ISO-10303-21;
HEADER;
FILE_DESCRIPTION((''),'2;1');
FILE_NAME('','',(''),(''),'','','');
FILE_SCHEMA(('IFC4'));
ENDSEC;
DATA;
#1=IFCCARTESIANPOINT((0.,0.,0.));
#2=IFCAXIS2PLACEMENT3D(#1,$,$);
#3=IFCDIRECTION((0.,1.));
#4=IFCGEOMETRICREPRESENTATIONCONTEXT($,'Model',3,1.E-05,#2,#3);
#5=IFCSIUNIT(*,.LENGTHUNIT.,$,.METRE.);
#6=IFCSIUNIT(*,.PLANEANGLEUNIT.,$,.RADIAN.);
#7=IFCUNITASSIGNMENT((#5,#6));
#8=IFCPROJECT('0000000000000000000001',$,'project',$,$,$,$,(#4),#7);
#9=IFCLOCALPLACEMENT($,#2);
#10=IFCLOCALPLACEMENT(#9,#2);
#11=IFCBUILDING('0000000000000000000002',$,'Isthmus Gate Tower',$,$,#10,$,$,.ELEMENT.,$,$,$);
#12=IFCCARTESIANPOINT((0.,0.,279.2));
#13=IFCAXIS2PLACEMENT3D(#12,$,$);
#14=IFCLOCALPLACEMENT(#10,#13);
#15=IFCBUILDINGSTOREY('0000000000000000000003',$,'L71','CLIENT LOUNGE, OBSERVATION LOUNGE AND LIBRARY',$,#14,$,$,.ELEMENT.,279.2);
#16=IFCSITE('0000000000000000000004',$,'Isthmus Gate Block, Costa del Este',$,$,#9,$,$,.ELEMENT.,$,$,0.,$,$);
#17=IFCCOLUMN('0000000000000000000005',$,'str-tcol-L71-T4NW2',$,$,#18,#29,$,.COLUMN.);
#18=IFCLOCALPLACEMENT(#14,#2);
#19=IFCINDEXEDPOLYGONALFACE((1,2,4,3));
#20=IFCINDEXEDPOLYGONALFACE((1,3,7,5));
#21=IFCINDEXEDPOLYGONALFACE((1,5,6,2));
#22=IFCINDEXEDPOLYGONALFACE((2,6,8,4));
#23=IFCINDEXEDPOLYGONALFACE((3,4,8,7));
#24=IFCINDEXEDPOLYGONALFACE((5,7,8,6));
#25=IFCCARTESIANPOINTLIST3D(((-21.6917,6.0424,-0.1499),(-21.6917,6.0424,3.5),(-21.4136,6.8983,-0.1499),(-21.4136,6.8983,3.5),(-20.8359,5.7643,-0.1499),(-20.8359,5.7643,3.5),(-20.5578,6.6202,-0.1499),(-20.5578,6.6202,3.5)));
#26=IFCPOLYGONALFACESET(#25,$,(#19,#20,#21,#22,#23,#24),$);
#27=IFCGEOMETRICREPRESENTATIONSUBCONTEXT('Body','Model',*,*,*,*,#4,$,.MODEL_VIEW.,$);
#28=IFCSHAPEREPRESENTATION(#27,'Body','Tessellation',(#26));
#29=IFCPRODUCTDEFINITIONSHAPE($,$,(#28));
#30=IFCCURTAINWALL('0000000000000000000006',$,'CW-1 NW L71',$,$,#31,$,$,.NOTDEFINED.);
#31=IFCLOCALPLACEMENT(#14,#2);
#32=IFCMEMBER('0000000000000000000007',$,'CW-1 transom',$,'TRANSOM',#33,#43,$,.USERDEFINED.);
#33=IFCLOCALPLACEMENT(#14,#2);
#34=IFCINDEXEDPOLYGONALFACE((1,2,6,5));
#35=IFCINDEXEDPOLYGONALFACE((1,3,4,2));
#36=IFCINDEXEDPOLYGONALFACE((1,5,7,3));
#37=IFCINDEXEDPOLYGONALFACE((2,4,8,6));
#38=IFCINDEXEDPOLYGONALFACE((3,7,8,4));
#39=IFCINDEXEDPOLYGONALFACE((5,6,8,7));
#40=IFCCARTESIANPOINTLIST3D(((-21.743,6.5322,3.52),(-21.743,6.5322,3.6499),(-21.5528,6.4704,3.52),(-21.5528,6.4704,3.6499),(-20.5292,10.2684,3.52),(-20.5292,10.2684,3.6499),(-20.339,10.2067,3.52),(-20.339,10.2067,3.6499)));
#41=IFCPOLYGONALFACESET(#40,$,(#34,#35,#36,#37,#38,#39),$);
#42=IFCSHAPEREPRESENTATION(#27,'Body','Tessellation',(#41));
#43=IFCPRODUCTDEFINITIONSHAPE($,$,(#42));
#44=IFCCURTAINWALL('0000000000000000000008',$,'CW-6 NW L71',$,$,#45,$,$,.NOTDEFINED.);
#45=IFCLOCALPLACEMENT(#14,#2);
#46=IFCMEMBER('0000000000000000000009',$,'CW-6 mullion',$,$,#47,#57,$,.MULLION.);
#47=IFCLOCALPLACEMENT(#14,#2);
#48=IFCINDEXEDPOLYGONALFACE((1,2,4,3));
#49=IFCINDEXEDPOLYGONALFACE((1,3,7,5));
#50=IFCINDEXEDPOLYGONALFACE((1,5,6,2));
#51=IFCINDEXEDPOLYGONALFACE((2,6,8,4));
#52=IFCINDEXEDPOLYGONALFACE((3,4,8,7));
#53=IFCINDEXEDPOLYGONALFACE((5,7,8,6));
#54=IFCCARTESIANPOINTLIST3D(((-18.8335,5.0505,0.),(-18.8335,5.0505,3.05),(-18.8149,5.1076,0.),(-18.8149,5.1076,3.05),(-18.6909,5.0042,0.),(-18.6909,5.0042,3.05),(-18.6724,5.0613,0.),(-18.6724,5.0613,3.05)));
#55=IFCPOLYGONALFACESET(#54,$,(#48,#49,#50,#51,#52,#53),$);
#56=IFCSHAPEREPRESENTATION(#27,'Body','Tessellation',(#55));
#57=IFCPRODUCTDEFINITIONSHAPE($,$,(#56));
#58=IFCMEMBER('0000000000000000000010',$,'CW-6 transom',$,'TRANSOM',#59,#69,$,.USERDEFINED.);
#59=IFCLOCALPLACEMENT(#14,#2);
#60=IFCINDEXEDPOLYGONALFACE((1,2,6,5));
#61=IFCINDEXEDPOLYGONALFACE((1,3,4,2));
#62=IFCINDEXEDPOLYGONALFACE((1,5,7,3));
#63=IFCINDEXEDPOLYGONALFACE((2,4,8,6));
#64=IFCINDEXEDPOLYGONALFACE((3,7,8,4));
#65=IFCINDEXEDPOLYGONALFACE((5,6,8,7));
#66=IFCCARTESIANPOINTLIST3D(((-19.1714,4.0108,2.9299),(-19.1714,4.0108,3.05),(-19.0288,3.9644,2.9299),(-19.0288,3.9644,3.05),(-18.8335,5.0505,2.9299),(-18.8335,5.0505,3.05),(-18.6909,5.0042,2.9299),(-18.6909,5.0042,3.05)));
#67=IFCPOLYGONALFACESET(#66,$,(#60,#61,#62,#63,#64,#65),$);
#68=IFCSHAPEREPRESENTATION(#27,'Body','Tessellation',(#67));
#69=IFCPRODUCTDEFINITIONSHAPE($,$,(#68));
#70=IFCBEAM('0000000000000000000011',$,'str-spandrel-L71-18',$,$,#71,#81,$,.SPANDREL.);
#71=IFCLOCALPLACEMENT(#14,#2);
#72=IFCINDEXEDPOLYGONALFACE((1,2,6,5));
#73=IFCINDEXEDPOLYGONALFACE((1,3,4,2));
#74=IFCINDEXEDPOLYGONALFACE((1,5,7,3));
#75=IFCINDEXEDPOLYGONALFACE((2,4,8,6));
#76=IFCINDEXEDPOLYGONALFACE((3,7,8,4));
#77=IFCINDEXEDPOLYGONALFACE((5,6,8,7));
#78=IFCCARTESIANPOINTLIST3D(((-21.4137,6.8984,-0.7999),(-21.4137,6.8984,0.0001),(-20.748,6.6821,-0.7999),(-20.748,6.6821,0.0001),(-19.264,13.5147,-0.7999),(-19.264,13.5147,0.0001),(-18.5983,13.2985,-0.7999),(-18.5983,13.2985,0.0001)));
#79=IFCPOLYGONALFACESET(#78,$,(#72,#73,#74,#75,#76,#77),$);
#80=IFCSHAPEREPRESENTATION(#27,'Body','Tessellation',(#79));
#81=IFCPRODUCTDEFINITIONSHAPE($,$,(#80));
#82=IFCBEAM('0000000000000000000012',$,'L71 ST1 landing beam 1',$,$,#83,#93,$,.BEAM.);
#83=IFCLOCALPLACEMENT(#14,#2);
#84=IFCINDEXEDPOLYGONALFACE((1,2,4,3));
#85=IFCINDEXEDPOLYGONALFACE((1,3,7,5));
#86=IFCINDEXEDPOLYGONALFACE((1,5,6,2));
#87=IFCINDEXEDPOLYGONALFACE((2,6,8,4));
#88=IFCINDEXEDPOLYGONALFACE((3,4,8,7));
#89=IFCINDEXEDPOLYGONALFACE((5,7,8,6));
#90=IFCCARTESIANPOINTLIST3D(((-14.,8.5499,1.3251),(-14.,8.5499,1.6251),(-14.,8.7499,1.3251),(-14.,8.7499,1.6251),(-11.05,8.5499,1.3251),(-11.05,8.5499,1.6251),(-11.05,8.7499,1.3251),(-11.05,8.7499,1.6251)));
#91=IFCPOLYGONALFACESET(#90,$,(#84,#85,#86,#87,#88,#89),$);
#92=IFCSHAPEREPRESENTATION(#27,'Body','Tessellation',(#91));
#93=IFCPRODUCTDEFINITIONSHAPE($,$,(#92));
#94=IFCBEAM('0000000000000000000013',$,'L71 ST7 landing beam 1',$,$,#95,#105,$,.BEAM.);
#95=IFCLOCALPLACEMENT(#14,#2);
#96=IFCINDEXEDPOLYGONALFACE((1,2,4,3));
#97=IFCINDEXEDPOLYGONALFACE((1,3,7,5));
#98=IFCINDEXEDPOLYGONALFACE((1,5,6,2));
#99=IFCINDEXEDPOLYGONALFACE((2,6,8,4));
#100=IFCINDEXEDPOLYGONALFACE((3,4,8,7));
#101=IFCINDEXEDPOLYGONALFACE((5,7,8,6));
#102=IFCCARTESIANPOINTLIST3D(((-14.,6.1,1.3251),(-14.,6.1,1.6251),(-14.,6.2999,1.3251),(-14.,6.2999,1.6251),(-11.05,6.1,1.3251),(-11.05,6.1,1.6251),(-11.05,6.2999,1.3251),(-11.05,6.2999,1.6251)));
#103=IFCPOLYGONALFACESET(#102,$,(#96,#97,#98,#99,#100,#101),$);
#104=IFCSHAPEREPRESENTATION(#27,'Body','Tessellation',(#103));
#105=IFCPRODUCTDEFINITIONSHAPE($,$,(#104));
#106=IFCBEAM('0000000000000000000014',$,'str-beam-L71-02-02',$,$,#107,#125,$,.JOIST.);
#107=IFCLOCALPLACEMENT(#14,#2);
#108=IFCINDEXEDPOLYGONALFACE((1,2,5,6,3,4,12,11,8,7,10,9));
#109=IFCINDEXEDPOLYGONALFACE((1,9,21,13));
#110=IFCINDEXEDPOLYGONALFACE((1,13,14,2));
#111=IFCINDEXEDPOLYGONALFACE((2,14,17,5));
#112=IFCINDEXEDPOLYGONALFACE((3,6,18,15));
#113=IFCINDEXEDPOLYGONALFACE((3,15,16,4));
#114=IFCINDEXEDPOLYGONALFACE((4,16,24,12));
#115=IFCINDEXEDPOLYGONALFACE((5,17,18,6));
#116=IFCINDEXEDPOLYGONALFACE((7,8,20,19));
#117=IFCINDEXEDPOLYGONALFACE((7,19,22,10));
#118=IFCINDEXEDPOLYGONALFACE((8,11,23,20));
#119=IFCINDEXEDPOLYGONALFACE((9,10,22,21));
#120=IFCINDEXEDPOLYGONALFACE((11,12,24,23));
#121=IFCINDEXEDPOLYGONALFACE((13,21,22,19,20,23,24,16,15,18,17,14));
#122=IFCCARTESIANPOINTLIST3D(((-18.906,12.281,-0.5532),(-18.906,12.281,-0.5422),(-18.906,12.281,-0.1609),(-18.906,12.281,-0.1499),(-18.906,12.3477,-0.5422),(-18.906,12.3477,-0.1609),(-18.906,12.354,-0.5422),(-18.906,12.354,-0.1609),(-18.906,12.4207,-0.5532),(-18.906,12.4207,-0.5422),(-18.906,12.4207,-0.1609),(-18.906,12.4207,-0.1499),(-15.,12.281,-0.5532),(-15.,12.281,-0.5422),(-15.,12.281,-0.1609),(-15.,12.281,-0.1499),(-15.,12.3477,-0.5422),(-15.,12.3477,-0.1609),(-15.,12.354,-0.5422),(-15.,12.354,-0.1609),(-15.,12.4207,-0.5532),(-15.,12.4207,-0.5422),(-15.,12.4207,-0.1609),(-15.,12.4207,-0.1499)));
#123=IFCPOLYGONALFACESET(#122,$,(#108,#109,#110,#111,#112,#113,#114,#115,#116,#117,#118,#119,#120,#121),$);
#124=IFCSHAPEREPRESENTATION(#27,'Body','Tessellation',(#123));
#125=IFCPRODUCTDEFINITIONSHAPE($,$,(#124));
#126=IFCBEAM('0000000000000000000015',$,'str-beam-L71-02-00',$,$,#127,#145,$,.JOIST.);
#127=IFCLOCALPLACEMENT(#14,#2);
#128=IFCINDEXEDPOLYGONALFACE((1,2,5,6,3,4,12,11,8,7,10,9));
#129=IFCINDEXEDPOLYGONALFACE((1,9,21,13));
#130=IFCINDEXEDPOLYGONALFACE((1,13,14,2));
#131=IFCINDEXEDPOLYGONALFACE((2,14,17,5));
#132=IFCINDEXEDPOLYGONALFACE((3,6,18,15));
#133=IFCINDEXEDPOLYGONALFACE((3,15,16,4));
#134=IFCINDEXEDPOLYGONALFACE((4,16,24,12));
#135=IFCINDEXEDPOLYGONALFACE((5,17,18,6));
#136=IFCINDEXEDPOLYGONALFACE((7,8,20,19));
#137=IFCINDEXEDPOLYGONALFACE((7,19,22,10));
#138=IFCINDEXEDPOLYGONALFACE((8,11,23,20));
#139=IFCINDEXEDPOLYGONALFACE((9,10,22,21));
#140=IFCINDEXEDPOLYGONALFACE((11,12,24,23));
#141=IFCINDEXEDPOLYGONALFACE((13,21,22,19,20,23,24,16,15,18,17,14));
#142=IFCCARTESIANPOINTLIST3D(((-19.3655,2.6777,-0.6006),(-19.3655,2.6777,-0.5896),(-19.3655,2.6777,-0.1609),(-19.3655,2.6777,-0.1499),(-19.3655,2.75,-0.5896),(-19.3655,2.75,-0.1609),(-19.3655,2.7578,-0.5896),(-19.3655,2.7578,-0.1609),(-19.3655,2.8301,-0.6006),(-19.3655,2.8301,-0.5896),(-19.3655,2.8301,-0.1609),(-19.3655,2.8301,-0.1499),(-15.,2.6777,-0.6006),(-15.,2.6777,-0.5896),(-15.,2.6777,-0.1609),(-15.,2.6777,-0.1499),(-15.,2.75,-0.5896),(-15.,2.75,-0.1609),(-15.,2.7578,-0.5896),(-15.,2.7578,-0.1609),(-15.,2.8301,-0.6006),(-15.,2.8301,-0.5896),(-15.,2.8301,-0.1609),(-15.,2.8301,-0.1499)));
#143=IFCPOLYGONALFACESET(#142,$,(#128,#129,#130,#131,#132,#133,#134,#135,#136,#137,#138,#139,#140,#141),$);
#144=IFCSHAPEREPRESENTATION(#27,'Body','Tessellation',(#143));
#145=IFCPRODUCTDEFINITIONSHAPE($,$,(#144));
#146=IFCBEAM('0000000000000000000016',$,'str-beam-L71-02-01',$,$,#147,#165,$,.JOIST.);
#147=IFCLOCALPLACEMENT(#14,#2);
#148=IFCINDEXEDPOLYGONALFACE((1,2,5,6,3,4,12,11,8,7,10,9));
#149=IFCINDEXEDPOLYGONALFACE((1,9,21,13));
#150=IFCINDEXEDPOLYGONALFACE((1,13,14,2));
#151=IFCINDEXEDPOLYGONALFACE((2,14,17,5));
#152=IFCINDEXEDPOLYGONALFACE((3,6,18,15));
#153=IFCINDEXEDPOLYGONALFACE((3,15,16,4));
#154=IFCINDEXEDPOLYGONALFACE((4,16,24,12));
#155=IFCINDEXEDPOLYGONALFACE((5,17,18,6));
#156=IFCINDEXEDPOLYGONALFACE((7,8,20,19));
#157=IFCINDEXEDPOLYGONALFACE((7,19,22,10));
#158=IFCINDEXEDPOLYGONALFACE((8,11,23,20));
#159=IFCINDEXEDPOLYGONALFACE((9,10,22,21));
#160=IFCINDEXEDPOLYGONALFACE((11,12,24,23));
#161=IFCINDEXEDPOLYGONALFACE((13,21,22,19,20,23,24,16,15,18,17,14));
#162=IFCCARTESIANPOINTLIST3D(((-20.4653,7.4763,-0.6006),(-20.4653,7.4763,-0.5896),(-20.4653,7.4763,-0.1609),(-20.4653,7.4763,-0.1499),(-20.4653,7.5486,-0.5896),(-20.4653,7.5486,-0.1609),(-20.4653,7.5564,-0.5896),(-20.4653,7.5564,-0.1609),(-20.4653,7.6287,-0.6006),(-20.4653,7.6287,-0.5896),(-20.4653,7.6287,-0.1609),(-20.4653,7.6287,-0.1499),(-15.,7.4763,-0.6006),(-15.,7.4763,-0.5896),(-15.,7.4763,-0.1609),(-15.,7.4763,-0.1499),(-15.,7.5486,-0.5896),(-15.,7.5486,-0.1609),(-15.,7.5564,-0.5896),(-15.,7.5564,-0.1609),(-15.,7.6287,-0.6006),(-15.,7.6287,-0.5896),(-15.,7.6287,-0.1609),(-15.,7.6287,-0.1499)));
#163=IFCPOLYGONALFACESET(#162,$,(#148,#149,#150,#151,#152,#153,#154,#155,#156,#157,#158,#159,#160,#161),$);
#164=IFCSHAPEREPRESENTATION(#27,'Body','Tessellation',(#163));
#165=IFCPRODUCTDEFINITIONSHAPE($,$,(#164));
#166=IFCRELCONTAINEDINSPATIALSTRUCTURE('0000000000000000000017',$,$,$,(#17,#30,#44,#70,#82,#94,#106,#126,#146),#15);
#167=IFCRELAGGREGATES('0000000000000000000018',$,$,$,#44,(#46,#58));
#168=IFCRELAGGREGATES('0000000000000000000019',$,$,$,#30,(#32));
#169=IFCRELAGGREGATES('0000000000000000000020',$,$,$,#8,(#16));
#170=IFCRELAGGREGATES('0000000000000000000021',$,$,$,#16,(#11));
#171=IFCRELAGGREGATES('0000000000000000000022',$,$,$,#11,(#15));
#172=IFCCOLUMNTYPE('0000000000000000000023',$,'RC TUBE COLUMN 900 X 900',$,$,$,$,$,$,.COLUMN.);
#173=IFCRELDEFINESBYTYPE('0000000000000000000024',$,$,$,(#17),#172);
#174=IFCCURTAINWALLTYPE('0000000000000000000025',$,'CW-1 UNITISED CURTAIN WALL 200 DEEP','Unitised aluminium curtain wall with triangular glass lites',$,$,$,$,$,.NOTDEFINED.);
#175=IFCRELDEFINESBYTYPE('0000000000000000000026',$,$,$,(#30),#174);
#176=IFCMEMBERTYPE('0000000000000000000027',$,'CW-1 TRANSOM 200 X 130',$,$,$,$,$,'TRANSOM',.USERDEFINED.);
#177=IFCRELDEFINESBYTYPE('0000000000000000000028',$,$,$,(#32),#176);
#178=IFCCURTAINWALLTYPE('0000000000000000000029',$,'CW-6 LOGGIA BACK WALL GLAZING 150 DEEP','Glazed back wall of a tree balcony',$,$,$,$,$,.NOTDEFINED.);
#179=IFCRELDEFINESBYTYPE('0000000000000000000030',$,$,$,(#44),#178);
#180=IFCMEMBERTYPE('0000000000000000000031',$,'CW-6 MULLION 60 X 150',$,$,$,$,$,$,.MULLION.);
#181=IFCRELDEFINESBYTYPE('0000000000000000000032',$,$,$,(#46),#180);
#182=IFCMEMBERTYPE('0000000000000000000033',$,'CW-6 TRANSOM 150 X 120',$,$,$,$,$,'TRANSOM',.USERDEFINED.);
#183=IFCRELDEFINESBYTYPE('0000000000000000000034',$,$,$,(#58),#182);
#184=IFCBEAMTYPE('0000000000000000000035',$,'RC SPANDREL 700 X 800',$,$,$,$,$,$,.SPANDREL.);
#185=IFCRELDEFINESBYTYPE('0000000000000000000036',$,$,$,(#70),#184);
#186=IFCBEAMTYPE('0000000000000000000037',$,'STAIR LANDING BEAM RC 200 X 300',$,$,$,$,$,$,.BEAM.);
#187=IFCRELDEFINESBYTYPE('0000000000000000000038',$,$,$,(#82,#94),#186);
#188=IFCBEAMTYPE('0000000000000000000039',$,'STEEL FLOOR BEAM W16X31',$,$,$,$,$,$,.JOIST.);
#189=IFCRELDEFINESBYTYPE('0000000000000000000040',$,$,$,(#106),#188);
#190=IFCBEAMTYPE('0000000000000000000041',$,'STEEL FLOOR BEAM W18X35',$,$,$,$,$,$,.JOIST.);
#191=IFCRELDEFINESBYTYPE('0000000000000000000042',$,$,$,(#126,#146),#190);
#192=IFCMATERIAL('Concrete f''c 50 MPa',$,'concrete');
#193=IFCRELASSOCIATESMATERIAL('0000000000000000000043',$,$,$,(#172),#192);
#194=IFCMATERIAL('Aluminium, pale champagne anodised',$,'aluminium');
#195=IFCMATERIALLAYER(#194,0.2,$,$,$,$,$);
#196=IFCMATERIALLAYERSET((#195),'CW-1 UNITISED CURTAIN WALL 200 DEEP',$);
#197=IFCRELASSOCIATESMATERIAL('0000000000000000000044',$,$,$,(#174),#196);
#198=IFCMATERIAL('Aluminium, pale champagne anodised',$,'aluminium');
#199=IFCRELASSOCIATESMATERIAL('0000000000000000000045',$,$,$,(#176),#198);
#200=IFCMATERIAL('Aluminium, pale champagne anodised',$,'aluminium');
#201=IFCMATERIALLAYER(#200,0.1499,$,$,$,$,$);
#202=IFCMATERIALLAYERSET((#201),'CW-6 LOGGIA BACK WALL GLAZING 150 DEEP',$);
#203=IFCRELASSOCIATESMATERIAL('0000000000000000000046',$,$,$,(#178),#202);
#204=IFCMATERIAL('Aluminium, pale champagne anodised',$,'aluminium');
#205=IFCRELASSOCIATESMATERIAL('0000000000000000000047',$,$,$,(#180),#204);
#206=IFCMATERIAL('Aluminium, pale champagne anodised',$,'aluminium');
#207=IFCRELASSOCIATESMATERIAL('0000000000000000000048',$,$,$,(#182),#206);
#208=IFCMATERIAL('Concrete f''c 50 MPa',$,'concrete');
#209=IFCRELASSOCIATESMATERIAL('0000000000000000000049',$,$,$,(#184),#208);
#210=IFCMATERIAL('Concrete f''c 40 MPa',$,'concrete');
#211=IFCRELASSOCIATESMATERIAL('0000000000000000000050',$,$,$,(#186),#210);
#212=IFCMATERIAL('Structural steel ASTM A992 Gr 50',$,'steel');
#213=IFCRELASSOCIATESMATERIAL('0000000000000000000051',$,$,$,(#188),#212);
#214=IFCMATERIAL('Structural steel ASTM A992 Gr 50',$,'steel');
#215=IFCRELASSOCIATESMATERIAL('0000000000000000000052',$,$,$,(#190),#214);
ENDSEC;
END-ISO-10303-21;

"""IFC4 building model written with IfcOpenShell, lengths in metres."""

from ifc_helpers import new_model, si_unit, direction, frame, origin, origin_2d, place, context, subcontext, project, spatial, rectangle, i_section, extrude, material, layer, layer_set, material_profile, profile_set, type_object, element, aggregate, save


model = new_model("IFC4")

# Units and contexts
model_context = context("Model", 3, precision=1e-05, world=origin(), true_north=direction((0.0, 1.0)))
body_context = subcontext(model_context, "Body", "Model", "MODEL_VIEW")
ifc_project = project(units=[si_unit("LENGTHUNIT", "METRE"), si_unit("PLANEANGLEUNIT", "RADIAN")], contexts=[model_context])

# Site, building, storey
site_placement = place(None, origin())
site = spatial("IfcSite", under=ifc_project, at=site_placement, Name="Isthmus Gate Block, Costa del Este", CompositionType="ELEMENT", RefElevation=0.0)
building_placement = place(site_placement, origin())
building = spatial("IfcBuilding", under=site, at=building_placement, Name="Isthmus Gate Tower", CompositionType="ELEMENT")
storey_placement = place(building_placement, frame((0.0, 0.0, 279.2)))
storey = spatial("IfcBuildingStorey", under=building, at=storey_placement, Name="L71", Description="CLIENT LOUNGE, OBSERVATION LOUNGE AND LIBRARY", CompositionType="ELEMENT", Elevation=279.2)

# Column
ifc_material_1 = material(Name="Concrete f'c 50 MPa", Category="concrete")
ifc_material_profile_1 = material_profile(ifc_material_1, rectangle(XDim=0.8999, YDim=0.8999, at=origin_2d()), Name="RC 900X900")
ifc_profile_set_1 = profile_set([ifc_material_profile_1], Name="Concrete f'c 50 MPa")
column_type = type_object("IfcColumnType", Name="RC TUBE COLUMN 900 X 900", PredefinedType="COLUMN", material=ifc_profile_set_1)
column_placement = place(storey_placement, frame((-21.1248, 6.3313, -0.1499), z_axis=(0.0, 0.0, 1.0), x_axis=(-0.309017, -0.951057, 0.0)))
element("IfcColumn", 1, at=column_placement, inside=storey, type_object=column_type, Name="str-tcol-L71-T4NW2", PredefinedType="COLUMN", context=body_context, shape_type="SweptSolid", body=[
    extrude(rectangle(XDim=0.8999, YDim=0.8999, at=origin_2d()), origin(), (0.0, 0.0, 1.0), 3.6499),
])

# Curtain wall, member
ifc_material_2 = material(Name="Aluminium, pale champagne anodised", Category="aluminium")
ifc_layer_1 = layer(ifc_material_2, 0.2)
ifc_layer_set_1 = layer_set([ifc_layer_1], Name="CW-1 UNITISED CURTAIN WALL 200 DEEP")
curtain_wall_type_1 = type_object("IfcCurtainWallType", Name="CW-1 UNITISED CURTAIN WALL 200 DEEP", Description="Unitised aluminium curtain wall with triangular glass lites", PredefinedType="NOTDEFINED", material=ifc_layer_set_1)
curtain_wall_1_placement = place(storey_placement, origin())
curtain_wall_1 = element("IfcCurtainWall", 2, at=curtain_wall_1_placement, inside=storey, type_object=curtain_wall_type_1, Name="CW-1 NW L71", PredefinedType="NOTDEFINED")
ifc_material_3 = material(Name="Aluminium, pale champagne anodised", Category="aluminium")
ifc_material_profile_2 = material_profile(ifc_material_3, rectangle(XDim=0.2, YDim=0.1299, at=origin_2d()), Name="200x130")
ifc_profile_set_2 = profile_set([ifc_material_profile_2], Name="Aluminium, pale champagne anodised")
member_type_1 = type_object("IfcMemberType", Name="CW-1 TRANSOM 200 X 130", ElementType="TRANSOM", PredefinedType="USERDEFINED", material=ifc_profile_set_2)
member_1_placement = place(storey_placement, frame((-20.4341, 10.2375, 3.585), z_axis=(-0.308985, -0.951067, 0.0), x_axis=(0.951067, -0.308985, 0.0)))
member_1 = element("IfcMember", 3, at=member_1_placement, type_object=member_type_1, Name="CW-1 transom", ObjectType="TRANSOM", PredefinedType="USERDEFINED", context=body_context, shape_type="SweptSolid", body=[
    extrude(rectangle(XDim=0.2, YDim=0.1299, at=origin_2d()), origin(), (0.0, 0.0, 1.0), 3.9285),
])

# Curtain wall, members
ifc_material_4 = material(Name="Aluminium, pale champagne anodised", Category="aluminium")
ifc_layer_2 = layer(ifc_material_4, 0.1499)
ifc_layer_set_2 = layer_set([ifc_layer_2], Name="CW-6 LOGGIA BACK WALL GLAZING 150 DEEP")
curtain_wall_type_2 = type_object("IfcCurtainWallType", Name="CW-6 LOGGIA BACK WALL GLAZING 150 DEEP", Description="Glazed back wall of a tree balcony", PredefinedType="NOTDEFINED", material=ifc_layer_set_2)
curtain_wall_2_placement = place(storey_placement, origin())
curtain_wall_2 = element("IfcCurtainWall", 4, at=curtain_wall_2_placement, inside=storey, type_object=curtain_wall_type_2, Name="CW-6 NW L71", PredefinedType="NOTDEFINED")
ifc_material_5 = material(Name="Aluminium, pale champagne anodised", Category="aluminium")
ifc_material_profile_3 = material_profile(ifc_material_5, rectangle(XDim=0.0601, YDim=0.1499, at=origin_2d()), Name="60x150")
ifc_profile_set_3 = profile_set([ifc_material_profile_3], Name="Aluminium, pale champagne anodised")
member_type_2 = type_object("IfcMemberType", Name="CW-6 MULLION 60 X 150", PredefinedType="MULLION", material=ifc_profile_set_3)
member_2_placement = place(storey_placement, frame((-18.7529, 5.0559, 0.0), z_axis=(0.0, 0.0, 1.0), x_axis=(-0.309017, -0.951057, 0.0)))
member_2 = element("IfcMember", 5, at=member_2_placement, type_object=member_type_2, Name="CW-6 mullion", PredefinedType="MULLION", context=body_context, shape_type="SweptSolid", body=[
    extrude(rectangle(XDim=0.0601, YDim=0.1499, at=origin_2d()), origin(), (0.0, 0.0, 1.0), 3.05),
])
ifc_material_6 = material(Name="Aluminium, pale champagne anodised", Category="aluminium")
ifc_material_profile_4 = material_profile(ifc_material_6, rectangle(XDim=0.1499, YDim=0.1201, at=origin_2d()), Name="150x120")
ifc_profile_set_4 = profile_set([ifc_material_profile_4], Name="Aluminium, pale champagne anodised")
member_type_3 = type_object("IfcMemberType", Name="CW-6 TRANSOM 150 X 120", ElementType="TRANSOM", PredefinedType="USERDEFINED", material=ifc_profile_set_4)
member_3_placement = place(storey_placement, frame((-18.7622, 5.0273, 2.99), z_axis=(-0.309051, -0.951046, 0.0), x_axis=(0.951046, -0.309051, 0.0)))
member_3 = element("IfcMember", 6, at=member_3_placement, type_object=member_type_3, Name="CW-6 transom", ObjectType="TRANSOM", PredefinedType="USERDEFINED", context=body_context, shape_type="SweptSolid", body=[
    extrude(rectangle(XDim=0.1499, YDim=0.1201, at=origin_2d()), origin(), (0.0, 0.0, 1.0), 1.0933),
])

# Beams
ifc_material_7 = material(Name="Concrete f'c 50 MPa", Category="concrete")
ifc_material_profile_5 = material_profile(ifc_material_7, rectangle(XDim=0.7, YDim=0.8, at=origin_2d()), Name="RC 700X800")
ifc_profile_set_5 = profile_set([ifc_material_profile_5], Name="Concrete f'c 50 MPa")
beam_type_1 = type_object("IfcBeamType", Name="RC SPANDREL 700 X 800", PredefinedType="SPANDREL", material=ifc_profile_set_5)
beam_1_placement = place(storey_placement, frame((-21.0808, 6.7903, -0.3999), z_axis=(0.309007, 0.95106, 0.0), x_axis=(-0.95106, 0.309007, 0.0)))
element("IfcBeam", 7, at=beam_1_placement, inside=storey, type_object=beam_type_1, Name="str-spandrel-L71-18", PredefinedType="SPANDREL", context=body_context, shape_type="SweptSolid", body=[
    extrude(rectangle(XDim=0.7, YDim=0.8, at=origin_2d()), origin(), (0.0, 0.0, 1.0), 6.9568),
])
ifc_material_8 = material(Name="Concrete f'c 40 MPa", Category="concrete")
ifc_material_profile_6 = material_profile(ifc_material_8, rectangle(XDim=0.2, YDim=0.3, at=origin_2d()), Name="STAIR LANDING BEAM RC 200 X 300")
ifc_profile_set_6 = profile_set([ifc_material_profile_6], Name="Concrete f'c 40 MPa")
beam_type_2 = type_object("IfcBeamType", Name="STAIR LANDING BEAM RC 200 X 300", PredefinedType="BEAM", material=ifc_profile_set_6)
for number, where, z_axis, x_axis, name in (
    (8, (-14.0, 8.6499, 1.4751), (1.0, 0.0, 0.0), (0.0, 1.0, 0.0), "L71 ST1 landing beam 1"),
    (9, (-14.0, 6.2, 1.4751), (1.0, 0.0, 0.0), (0.0, 1.0, 0.0), "L71 ST7 landing beam 1"),
):
    element("IfcBeam", number, at=place(storey_placement, frame(where, z_axis=z_axis, x_axis=x_axis)), inside=storey, type_object=beam_type_2, Name=name, PredefinedType="BEAM", context=body_context, shape_type="SweptSolid", body=[
        extrude(rectangle(XDim=0.2, YDim=0.3, at=origin_2d()), origin(), (0.0, 0.0, 1.0), 2.95),
    ])
ifc_material_9 = material(Name="Structural steel ASTM A992 Gr 50", Category="steel")
ifc_material_profile_7 = material_profile(ifc_material_9, i_section(OverallWidth=0.1396, OverallDepth=0.4033, WebThickness=0.0063, FlangeThickness=0.011, at=origin_2d()), Name="W16X31")
ifc_profile_set_7 = profile_set([ifc_material_profile_7], Name="Structural steel ASTM A992 Gr 50")
beam_type_3 = type_object("IfcBeamType", Name="STEEL FLOOR BEAM W16X31", PredefinedType="JOIST", material=ifc_profile_set_7)
beam_2_placement = place(storey_placement, frame((-18.906, 12.3508, -0.3516), z_axis=(1.0, 0.0, 0.0), x_axis=(0.0, 1.0, 0.0)))
element("IfcBeam", 10, at=beam_2_placement, inside=storey, type_object=beam_type_3, Name="str-beam-L71-02-02", PredefinedType="JOIST", context=body_context, shape_type="SweptSolid", body=[
    extrude(i_section(OverallWidth=0.1396, OverallDepth=0.4033, WebThickness=0.0063, FlangeThickness=0.011, at=origin_2d()), origin(), (0.0, 0.0, 1.0), 3.906),
])
ifc_material_10 = material(Name="Structural steel ASTM A992 Gr 50", Category="steel")
ifc_material_profile_8 = material_profile(ifc_material_10, i_section(OverallWidth=0.1523, OverallDepth=0.4507, WebThickness=0.0078, FlangeThickness=0.011, at=origin_2d()), Name="W18X35")
ifc_profile_set_8 = profile_set([ifc_material_profile_8], Name="Structural steel ASTM A992 Gr 50")
beam_type_4 = type_object("IfcBeamType", Name="STEEL FLOOR BEAM W18X35", PredefinedType="JOIST", material=ifc_profile_set_8)
beam_3_placement = place(storey_placement, frame((-19.3655, 2.7539, -0.3752), z_axis=(1.0, 0.0, 0.0), x_axis=(0.0, 1.0, 0.0)))
element("IfcBeam", 11, at=beam_3_placement, inside=storey, type_object=beam_type_4, Name="str-beam-L71-02-00", PredefinedType="JOIST", context=body_context, shape_type="SweptSolid", body=[
    extrude(i_section(OverallWidth=0.1523, OverallDepth=0.4507, WebThickness=0.0078, FlangeThickness=0.011, at=origin_2d()), origin(), (0.0, 0.0, 1.0), 4.3655),
])
beam_4_placement = place(storey_placement, frame((-20.4653, 7.5525, -0.3752), z_axis=(1.0, 0.0, 0.0), x_axis=(0.0, 1.0, 0.0)))
element("IfcBeam", 12, at=beam_4_placement, inside=storey, type_object=beam_type_4, Name="str-beam-L71-02-01", PredefinedType="JOIST", context=body_context, shape_type="SweptSolid", body=[
    extrude(i_section(OverallWidth=0.1523, OverallDepth=0.4507, WebThickness=0.0078, FlangeThickness=0.011, at=origin_2d()), origin(), (0.0, 0.0, 1.0), 5.4653),
])

aggregate(curtain_wall_2, [member_2, member_3])

aggregate(curtain_wall_1, [member_1])

save(model, "model.ifc")
